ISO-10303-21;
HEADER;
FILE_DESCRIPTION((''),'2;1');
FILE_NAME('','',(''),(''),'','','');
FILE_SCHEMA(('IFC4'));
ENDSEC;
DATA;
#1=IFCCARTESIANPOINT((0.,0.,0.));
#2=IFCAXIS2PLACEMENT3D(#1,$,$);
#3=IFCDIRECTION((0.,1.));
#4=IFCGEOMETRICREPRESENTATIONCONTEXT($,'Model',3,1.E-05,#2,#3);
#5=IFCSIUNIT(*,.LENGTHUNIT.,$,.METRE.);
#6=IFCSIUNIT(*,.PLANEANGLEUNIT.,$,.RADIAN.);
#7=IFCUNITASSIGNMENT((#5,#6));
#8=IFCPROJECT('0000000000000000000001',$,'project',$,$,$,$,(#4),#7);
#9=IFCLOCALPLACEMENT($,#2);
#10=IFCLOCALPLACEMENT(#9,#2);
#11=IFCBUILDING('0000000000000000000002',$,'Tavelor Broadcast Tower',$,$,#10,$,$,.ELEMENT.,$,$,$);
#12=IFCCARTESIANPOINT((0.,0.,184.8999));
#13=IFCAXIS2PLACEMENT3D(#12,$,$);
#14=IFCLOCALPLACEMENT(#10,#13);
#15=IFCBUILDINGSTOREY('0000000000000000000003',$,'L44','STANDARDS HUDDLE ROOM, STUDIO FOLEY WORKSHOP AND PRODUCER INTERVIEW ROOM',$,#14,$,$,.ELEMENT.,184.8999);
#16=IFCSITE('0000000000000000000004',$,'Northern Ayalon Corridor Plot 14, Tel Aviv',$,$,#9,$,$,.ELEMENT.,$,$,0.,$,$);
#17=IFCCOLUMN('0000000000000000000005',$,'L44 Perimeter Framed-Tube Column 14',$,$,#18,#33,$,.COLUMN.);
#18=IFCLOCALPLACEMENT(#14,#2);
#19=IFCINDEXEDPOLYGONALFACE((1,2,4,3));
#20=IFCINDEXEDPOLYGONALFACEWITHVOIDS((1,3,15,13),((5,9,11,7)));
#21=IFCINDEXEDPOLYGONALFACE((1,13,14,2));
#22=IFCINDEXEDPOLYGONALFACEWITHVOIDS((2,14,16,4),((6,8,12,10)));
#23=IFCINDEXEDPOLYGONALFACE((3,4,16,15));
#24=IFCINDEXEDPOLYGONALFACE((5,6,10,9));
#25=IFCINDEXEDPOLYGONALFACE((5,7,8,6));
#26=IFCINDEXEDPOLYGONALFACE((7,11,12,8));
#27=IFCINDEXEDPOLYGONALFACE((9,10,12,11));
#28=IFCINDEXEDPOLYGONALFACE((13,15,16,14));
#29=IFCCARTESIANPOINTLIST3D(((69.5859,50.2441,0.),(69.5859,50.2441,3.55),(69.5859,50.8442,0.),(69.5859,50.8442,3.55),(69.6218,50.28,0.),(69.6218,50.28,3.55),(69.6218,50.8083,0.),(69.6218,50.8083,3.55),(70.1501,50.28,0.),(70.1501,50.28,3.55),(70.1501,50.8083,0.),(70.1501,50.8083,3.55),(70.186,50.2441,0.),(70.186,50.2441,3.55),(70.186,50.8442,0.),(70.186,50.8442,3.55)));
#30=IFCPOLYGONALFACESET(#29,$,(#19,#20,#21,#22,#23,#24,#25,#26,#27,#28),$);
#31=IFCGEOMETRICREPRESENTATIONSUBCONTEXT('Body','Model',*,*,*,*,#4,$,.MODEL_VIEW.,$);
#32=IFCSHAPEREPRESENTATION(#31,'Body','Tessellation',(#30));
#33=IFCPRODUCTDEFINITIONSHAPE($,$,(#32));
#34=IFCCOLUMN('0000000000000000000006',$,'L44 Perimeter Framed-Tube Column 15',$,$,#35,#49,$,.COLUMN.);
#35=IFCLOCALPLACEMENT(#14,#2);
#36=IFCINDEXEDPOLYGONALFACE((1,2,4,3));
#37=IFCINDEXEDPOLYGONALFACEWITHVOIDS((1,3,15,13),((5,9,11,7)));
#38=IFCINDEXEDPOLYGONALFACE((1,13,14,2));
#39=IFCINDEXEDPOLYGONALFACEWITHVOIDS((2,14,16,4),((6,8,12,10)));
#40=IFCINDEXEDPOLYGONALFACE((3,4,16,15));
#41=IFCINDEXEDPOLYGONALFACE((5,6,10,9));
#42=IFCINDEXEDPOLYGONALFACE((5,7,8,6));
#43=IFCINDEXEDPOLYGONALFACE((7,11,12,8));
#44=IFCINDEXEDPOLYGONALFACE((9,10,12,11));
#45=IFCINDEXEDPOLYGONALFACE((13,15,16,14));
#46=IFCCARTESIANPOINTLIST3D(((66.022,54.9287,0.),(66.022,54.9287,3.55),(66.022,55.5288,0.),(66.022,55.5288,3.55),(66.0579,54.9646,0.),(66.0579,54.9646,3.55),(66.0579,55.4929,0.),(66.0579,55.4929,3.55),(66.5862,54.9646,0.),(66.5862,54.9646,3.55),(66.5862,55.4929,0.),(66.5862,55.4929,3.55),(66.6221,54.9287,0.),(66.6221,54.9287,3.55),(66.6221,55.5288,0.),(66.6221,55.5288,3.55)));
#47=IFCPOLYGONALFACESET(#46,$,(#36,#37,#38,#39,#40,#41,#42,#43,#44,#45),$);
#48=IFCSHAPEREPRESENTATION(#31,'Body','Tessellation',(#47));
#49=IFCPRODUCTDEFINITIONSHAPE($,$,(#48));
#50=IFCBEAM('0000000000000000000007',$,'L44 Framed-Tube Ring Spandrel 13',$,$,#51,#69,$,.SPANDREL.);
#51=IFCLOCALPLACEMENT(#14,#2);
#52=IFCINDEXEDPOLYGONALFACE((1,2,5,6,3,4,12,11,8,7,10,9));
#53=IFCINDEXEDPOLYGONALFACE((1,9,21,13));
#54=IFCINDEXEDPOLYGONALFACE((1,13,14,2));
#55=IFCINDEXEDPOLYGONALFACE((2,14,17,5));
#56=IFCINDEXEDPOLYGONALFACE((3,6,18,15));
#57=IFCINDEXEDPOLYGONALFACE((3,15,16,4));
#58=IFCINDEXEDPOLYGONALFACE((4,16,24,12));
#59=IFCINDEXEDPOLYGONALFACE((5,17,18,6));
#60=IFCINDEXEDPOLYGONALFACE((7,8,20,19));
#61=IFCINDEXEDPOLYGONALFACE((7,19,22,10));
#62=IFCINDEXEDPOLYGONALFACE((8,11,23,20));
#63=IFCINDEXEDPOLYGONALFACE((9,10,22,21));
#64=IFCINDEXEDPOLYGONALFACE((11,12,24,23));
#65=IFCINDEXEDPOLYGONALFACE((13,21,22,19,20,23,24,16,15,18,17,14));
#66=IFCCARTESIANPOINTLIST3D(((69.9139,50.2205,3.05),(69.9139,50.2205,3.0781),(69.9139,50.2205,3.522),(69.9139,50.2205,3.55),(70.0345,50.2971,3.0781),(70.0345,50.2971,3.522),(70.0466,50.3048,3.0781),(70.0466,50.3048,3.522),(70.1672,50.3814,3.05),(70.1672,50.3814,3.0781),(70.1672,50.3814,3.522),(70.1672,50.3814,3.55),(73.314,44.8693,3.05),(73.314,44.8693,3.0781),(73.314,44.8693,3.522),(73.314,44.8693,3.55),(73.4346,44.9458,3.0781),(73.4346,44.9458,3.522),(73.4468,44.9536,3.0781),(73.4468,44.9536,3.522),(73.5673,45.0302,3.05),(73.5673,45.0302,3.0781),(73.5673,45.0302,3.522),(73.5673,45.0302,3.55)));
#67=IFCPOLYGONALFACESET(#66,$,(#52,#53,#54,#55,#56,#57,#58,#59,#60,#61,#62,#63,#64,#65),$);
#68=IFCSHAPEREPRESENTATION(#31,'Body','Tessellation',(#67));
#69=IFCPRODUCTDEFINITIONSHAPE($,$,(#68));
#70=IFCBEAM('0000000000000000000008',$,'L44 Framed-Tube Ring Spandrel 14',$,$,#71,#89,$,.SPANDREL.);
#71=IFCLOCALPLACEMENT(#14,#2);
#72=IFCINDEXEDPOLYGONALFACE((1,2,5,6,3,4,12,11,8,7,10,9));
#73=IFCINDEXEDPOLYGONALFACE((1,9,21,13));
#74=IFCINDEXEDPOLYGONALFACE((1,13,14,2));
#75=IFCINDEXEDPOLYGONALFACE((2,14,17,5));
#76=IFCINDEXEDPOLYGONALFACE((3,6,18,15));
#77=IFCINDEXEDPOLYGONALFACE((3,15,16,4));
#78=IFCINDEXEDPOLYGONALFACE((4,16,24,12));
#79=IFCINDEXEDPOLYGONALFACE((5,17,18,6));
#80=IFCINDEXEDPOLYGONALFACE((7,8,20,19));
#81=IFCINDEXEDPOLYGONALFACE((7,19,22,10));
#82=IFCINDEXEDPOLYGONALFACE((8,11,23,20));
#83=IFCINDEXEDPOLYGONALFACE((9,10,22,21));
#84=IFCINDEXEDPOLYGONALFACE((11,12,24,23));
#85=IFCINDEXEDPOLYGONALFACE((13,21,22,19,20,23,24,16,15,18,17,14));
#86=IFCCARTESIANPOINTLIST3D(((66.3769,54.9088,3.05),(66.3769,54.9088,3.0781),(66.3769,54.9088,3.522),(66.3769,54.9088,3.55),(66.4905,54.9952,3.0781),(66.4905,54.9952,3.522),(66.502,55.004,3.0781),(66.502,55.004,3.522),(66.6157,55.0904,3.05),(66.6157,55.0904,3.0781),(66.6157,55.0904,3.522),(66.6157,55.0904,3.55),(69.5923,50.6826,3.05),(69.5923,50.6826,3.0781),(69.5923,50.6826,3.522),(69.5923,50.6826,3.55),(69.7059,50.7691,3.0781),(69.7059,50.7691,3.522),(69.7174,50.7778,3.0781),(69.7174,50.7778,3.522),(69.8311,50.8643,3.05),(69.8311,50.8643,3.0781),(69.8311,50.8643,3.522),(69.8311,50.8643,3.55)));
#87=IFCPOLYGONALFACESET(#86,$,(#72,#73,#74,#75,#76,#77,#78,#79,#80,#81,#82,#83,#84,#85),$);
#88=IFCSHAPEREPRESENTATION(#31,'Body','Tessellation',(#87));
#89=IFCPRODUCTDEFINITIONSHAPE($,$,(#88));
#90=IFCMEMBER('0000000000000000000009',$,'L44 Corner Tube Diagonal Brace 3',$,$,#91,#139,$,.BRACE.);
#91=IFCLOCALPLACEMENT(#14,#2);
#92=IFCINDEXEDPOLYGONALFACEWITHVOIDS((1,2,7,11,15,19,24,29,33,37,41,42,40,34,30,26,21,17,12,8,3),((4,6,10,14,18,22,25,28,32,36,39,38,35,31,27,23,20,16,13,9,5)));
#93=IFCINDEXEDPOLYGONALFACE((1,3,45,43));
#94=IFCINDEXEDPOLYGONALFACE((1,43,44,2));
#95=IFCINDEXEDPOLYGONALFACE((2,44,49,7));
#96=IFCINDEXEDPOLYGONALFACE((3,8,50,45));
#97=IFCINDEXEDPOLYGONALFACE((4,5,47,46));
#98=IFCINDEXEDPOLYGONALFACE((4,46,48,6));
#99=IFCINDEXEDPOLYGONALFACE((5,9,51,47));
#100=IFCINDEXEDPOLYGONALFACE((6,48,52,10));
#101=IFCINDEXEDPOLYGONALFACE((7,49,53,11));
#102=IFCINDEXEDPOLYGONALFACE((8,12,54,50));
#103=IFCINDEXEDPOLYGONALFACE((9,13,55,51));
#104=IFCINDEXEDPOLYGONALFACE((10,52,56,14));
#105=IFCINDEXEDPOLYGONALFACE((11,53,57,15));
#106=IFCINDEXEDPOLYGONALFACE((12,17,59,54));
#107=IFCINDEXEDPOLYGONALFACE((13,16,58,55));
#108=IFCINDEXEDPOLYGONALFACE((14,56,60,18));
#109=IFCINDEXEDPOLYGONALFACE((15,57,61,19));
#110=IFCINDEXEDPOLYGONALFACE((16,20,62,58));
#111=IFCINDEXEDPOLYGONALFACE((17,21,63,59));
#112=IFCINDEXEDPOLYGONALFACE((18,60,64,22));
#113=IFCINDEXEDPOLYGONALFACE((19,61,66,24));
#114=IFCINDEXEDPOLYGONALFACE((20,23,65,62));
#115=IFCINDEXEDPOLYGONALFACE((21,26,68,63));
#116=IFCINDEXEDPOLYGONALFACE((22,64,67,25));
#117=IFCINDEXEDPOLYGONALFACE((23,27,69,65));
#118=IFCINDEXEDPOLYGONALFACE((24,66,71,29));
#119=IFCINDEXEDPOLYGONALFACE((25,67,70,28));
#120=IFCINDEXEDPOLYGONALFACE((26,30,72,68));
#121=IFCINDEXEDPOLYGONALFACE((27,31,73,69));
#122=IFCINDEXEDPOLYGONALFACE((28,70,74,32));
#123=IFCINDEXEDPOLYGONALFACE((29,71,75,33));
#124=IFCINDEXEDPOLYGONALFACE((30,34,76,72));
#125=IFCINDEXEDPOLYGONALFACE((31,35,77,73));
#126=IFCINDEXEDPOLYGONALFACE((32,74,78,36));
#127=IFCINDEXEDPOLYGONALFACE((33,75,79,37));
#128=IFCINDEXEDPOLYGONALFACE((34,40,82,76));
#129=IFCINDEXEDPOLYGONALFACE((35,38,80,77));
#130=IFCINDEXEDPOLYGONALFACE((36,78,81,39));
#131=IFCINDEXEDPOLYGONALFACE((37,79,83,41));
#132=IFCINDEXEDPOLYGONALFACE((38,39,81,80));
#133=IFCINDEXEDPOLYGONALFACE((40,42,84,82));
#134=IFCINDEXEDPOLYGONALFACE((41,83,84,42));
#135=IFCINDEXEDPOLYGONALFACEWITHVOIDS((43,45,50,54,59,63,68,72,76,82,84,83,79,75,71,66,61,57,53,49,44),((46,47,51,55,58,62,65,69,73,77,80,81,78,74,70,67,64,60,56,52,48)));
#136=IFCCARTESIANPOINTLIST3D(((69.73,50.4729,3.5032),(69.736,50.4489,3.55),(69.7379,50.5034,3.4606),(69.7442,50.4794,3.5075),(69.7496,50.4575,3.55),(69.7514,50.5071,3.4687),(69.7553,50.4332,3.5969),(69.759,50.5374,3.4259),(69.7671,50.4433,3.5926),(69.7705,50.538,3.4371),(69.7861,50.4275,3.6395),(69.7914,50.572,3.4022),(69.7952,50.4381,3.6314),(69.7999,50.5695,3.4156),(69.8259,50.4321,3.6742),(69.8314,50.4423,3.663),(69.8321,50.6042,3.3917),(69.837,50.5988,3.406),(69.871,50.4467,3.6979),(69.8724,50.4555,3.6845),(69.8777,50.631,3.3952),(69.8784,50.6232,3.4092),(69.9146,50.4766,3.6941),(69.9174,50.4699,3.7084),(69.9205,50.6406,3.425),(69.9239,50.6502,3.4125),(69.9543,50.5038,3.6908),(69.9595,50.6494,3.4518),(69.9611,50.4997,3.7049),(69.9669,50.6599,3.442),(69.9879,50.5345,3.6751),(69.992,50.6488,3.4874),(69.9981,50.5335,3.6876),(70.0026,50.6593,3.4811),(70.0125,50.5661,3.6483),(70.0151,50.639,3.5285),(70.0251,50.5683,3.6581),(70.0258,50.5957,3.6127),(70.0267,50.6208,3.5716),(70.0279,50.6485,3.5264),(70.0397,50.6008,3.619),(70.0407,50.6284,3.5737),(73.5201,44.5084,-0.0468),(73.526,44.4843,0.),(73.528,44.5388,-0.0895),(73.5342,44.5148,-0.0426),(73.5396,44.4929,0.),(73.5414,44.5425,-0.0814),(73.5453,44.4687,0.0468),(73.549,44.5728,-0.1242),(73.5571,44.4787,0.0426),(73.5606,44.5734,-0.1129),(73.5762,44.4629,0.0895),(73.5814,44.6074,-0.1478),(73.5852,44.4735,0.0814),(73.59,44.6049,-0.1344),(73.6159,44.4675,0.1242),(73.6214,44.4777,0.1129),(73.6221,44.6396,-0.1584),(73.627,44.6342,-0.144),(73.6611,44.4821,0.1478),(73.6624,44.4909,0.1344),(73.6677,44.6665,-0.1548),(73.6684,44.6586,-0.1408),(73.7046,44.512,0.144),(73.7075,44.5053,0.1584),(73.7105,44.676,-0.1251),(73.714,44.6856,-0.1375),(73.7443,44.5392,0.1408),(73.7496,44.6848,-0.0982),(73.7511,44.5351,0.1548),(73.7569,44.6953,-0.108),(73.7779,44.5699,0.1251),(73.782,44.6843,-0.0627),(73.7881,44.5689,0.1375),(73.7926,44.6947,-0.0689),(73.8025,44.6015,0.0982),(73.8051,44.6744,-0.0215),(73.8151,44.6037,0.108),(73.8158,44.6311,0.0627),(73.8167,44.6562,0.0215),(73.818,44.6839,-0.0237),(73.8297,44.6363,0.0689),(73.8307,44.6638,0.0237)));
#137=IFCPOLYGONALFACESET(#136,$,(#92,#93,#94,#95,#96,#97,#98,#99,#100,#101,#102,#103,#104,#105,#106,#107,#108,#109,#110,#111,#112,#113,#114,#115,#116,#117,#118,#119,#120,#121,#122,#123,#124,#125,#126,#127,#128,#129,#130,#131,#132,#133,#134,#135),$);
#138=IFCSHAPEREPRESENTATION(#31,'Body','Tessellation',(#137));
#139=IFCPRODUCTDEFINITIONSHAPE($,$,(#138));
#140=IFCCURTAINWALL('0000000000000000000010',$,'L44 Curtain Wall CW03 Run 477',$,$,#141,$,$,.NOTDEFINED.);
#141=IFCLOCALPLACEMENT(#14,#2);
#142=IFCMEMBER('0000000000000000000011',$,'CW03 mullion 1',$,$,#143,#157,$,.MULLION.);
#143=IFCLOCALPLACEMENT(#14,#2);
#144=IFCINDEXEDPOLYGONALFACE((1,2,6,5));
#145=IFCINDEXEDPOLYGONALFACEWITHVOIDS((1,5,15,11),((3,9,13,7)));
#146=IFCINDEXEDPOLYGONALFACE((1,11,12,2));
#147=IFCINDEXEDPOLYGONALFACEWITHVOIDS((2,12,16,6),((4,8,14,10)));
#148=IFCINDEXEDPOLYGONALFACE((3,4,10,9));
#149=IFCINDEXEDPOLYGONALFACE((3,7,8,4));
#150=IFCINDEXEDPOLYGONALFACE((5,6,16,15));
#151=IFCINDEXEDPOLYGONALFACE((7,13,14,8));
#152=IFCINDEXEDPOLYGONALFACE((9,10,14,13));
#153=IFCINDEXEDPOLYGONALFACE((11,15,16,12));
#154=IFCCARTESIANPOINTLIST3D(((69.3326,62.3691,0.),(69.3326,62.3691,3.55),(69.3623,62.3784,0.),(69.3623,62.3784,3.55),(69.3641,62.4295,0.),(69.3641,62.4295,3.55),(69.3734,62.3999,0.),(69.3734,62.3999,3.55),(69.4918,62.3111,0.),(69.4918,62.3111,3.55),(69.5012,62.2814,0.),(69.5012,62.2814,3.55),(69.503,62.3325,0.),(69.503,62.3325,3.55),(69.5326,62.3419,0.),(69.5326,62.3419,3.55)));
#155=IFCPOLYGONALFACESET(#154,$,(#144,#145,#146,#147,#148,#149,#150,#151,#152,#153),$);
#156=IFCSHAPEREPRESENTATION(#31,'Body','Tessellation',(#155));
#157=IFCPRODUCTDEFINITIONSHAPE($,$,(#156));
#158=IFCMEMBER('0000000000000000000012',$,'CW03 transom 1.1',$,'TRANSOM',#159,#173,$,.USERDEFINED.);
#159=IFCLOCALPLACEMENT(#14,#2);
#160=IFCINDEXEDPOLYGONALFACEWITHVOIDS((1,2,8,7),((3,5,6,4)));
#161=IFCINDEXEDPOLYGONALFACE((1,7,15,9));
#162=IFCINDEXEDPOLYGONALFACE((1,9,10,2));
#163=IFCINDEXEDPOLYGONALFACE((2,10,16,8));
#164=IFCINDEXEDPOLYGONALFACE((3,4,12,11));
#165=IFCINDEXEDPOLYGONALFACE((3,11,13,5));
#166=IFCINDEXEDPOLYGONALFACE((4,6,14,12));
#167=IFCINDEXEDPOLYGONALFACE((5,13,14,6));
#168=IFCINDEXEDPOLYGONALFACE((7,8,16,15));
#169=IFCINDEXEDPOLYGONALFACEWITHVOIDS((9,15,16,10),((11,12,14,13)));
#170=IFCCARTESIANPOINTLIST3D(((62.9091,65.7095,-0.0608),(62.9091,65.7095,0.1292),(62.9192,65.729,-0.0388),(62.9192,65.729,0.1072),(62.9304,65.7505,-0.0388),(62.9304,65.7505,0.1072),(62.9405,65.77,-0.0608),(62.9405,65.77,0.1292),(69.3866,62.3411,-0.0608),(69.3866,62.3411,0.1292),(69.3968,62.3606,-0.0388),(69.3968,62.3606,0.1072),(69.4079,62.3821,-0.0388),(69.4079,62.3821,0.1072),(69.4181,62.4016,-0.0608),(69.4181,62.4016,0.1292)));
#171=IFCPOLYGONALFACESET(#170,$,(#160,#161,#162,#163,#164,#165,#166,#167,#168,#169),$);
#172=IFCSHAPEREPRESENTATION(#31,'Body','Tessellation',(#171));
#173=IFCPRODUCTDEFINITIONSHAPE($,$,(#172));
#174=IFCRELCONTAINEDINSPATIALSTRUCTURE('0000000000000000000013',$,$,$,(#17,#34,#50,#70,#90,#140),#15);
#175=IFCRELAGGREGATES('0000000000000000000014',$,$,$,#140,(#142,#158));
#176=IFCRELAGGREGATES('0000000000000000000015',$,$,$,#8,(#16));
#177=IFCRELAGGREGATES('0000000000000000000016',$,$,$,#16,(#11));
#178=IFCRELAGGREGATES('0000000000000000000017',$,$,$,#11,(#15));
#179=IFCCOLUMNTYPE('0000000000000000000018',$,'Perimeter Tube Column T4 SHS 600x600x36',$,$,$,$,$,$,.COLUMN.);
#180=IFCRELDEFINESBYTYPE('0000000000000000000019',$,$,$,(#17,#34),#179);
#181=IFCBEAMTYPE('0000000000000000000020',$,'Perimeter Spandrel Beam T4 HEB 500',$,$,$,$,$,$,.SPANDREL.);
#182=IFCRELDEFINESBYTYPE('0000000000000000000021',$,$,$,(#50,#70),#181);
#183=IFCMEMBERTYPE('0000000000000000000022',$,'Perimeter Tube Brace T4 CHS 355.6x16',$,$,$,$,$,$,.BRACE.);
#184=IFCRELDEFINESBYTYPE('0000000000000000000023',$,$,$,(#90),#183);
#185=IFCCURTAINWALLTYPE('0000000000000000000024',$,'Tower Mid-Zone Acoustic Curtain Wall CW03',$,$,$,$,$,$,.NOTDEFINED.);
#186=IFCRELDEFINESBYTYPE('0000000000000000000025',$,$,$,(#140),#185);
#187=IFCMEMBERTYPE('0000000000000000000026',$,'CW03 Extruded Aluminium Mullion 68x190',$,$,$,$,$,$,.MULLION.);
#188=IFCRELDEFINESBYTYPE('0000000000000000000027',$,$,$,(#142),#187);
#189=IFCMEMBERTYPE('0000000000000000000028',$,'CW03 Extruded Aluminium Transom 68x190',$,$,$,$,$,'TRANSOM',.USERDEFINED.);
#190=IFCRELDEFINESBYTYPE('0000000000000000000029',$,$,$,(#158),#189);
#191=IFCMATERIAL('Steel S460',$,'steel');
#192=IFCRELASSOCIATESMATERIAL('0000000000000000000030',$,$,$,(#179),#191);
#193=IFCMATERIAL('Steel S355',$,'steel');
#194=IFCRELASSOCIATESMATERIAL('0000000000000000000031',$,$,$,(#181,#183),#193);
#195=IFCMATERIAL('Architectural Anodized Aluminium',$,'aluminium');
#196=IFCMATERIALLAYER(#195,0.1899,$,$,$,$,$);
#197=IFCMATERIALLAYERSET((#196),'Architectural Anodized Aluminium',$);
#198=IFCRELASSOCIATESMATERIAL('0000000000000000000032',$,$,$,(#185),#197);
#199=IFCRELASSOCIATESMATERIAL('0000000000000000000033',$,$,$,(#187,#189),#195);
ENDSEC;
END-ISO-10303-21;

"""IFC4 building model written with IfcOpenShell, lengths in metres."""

from ifc_helpers import new_model, si_unit, direction, frame, origin, origin_2d, place, context, subcontext, project, spatial, hollow_rectangle, hollow_circle, i_section, extrude, source, transform, mapped, material, layer, layer_set, material_profile, profile_set, type_object, type_shapes, element, aggregate, save


model = new_model("IFC4")

# Units and contexts
model_context = context("Model", 3, precision=1e-05, world=origin(), true_north=direction((0.0, 1.0)))
body_context = subcontext(model_context, "Body", "Model", "MODEL_VIEW")
ifc_project = project(units=[si_unit("LENGTHUNIT", "METRE"), si_unit("PLANEANGLEUNIT", "RADIAN")], contexts=[model_context])

# Site, building, storey
site_placement = place(None, origin())
site = spatial("IfcSite", under=ifc_project, at=site_placement, Name="Northern Ayalon Corridor Plot 14, Tel Aviv", CompositionType="ELEMENT", RefElevation=0.0)
building_placement = place(site_placement, origin())
building = spatial("IfcBuilding", under=site, at=building_placement, Name="Tavelor Broadcast Tower", CompositionType="ELEMENT")
storey_placement = place(building_placement, frame((0.0, 0.0, 184.8999)))
storey = spatial("IfcBuildingStorey", under=building, at=storey_placement, Name="L44", Description="STANDARDS HUDDLE ROOM, STUDIO FOLEY WORKSHOP AND PRODUCER INTERVIEW ROOM", CompositionType="ELEMENT", Elevation=184.8999)

# Columns
ifc_material_1 = material(Name="Steel S460", Category="steel")
ifc_material_profile_1 = material_profile(ifc_material_1, hollow_rectangle(XDim=0.6001, YDim=0.6001, WallThickness=0.0359, at=origin_2d()), Name="SHS 600x600x36")
ifc_profile_set_1 = profile_set([ifc_material_profile_1], Name="Steel S460")
column_type = type_object("IfcColumnType", Name="Perimeter Tube Column T4 SHS 600x600x36", PredefinedType="COLUMN", material=ifc_profile_set_1)
for number, where, z_axis, x_axis, name in (
    (1, (69.886, 50.5442, 0.0), (0.0, 0.0, 1.0), (1.0, 0.0, 0.0), "L44 Perimeter Framed-Tube Column 14"),
    (2, (66.322, 55.2288, 0.0), (0.0, 0.0, 1.0), (1.0, 0.0, 0.0), "L44 Perimeter Framed-Tube Column 15"),
):
    element("IfcColumn", number, at=place(storey_placement, frame(where, z_axis=z_axis, x_axis=x_axis)), inside=storey, type_object=column_type, Name=name, PredefinedType="COLUMN", context=body_context, shape_type="SweptSolid", body=[
        extrude(hollow_rectangle(XDim=0.6001, YDim=0.6001, WallThickness=0.0359, at=origin_2d()), origin(), (0.0, 0.0, 1.0), 3.55),
    ])

# Beams
ifc_material_2 = material(Name="Steel S355", Category="steel")
ifc_material_profile_2 = material_profile(ifc_material_2, i_section(OverallWidth=0.3, OverallDepth=0.5, WebThickness=0.0144, FlangeThickness=0.0281, at=origin_2d()), Name="HEB 500")
ifc_profile_set_2 = profile_set([ifc_material_profile_2], Name="Steel S355")
beam_type = type_object("IfcBeamType", Name="Perimeter Spandrel Beam T4 HEB 500", PredefinedType="SPANDREL", material=ifc_profile_set_2)
beam_1_placement = place(storey_placement, frame((73.4407, 44.9497, 3.3), z_axis=(-0.536287, 0.844035, 0.0), x_axis=(-0.844035, -0.536287, 0.0)))
element("IfcBeam", 3, at=beam_1_placement, inside=storey, type_object=beam_type, Name="L44 Framed-Tube Ring Spandrel 13", PredefinedType="SPANDREL", context=body_context, shape_type="SweptSolid", body=[
    extrude(i_section(OverallWidth=0.3, OverallDepth=0.5, WebThickness=0.0144, FlangeThickness=0.0281, at=origin_2d()), origin(), (0.0, 0.0, 1.0), 6.3401),
])
beam_2_placement = place(storey_placement, frame((69.7117, 50.7734, 3.3), z_axis=(-0.605503, 0.795843, 0.0), x_axis=(-0.795843, -0.605503, 0.0)))
element("IfcBeam", 4, at=beam_2_placement, inside=storey, type_object=beam_type, Name="L44 Framed-Tube Ring Spandrel 14", PredefinedType="SPANDREL", context=body_context, shape_type="SweptSolid", body=[
    extrude(i_section(OverallWidth=0.3, OverallDepth=0.5, WebThickness=0.0144, FlangeThickness=0.0281, at=origin_2d()), origin(), (0.0, 0.0, 1.0), 5.3103),
])

# Member
ifc_material_profile_3 = material_profile(ifc_material_2, hollow_circle(Radius=0.1777, WallThickness=0.0161, at=origin_2d()), Name="CHS 355.6x16")
ifc_profile_set_3 = profile_set([ifc_material_profile_3], Name="Steel S355")
member_type_1 = type_object("IfcMemberType", Name="Perimeter Tube Brace T4 CHS 355.6x16", PredefinedType="BRACE", material=ifc_profile_set_3)
member_1_placement = place(storey_placement, frame((73.676, 44.5796, 0.0), z_axis=(-0.479239, 0.754205, 0.448893), x_axis=(-0.844021, -0.53631, 0.0)))
element("IfcMember", 5, at=member_1_placement, inside=storey, type_object=member_type_1, Name="L44 Corner Tube Diagonal Brace 3", PredefinedType="BRACE", context=body_context, shape_type="SweptSolid", body=[
    extrude(hollow_circle(Radius=0.1777, WallThickness=0.0161, at=origin_2d()), origin(), (0.0, 0.0, 1.0), 7.9084),
])

# Curtain wall, members
ifc_material_3 = material(Name="Architectural Anodized Aluminium", Category="aluminium")
ifc_layer_1 = layer(ifc_material_3, 0.1899)
ifc_layer_set_1 = layer_set([ifc_layer_1], Name="Architectural Anodized Aluminium")
curtain_wall_type = type_object("IfcCurtainWallType", Name="Tower Mid-Zone Acoustic Curtain Wall CW03", PredefinedType="NOTDEFINED", material=ifc_layer_set_1)
curtain_wall_placement = place(storey_placement, origin())
curtain_wall = element("IfcCurtainWall", 6, at=curtain_wall_placement, inside=storey, type_object=curtain_wall_type, Name="L44 Curtain Wall CW03 Run 477", PredefinedType="NOTDEFINED")
ifc_material_profile_4 = material_profile(ifc_material_3, hollow_rectangle(XDim=0.0681, YDim=0.1899, WallThickness=0.022, at=origin_2d()), Name="RHS 68x190x22")
ifc_profile_set_4 = profile_set([ifc_material_profile_4], Name="Architectural Anodized Aluminium")
member_type_2 = type_object("IfcMemberType", Name="CW03 Extruded Aluminium Mullion 68x190", PredefinedType="MULLION", material=ifc_profile_set_4)
shared_shape_1 = source(origin(), body_context, "Body", "SweptSolid", [
    extrude(hollow_rectangle(XDim=0.0681, YDim=0.1899, WallThickness=0.022, at=origin_2d()), origin(), (0.0, 0.0, 1.0), 3.55),
])
type_shapes(member_type_2, [shared_shape_1])
member_2_placement = place(storey_placement, frame((69.4326, 62.3555, 0.0), z_axis=(0.0, 0.0, 1.0), x_axis=(-0.461372, -0.887207, 0.0)))
member_2 = element("IfcMember", 7, at=member_2_placement, type_object=member_type_2, Name="CW03 mullion 1", PredefinedType="MULLION", context=body_context, shape_type="MappedRepresentation", body=[
    mapped(shared_shape_1, transform((0.0, 0.0, 0.0), scale=1.0)),
])
ifc_material_profile_5 = material_profile(ifc_material_3, hollow_rectangle(XDim=0.0681, YDim=0.1899, WallThickness=0.022, at=origin_2d()), Name="RHS 68x190x22")
ifc_profile_set_5 = profile_set([ifc_material_profile_5], Name="Architectural Anodized Aluminium")
member_type_3 = type_object("IfcMemberType", Name="CW03 Extruded Aluminium Transom 68x190", ElementType="TRANSOM", PredefinedType="USERDEFINED", material=ifc_profile_set_5)
shared_shape_2 = source(origin(), body_context, "Body", "SweptSolid", [
    extrude(hollow_rectangle(XDim=0.0681, YDim=0.1899, WallThickness=0.022, at=origin_2d()), origin(), (0.0, 0.0, 1.0), 7.301),
])
type_shapes(member_type_3, [shared_shape_2])
member_3_placement = place(storey_placement, frame((69.4023, 62.3713, 0.0342), z_axis=(-0.887212, 0.461362, 0.0), x_axis=(-0.461362, -0.887212, 0.0)))
member_3 = element("IfcMember", 8, at=member_3_placement, type_object=member_type_3, Name="CW03 transom 1.1", ObjectType="TRANSOM", PredefinedType="USERDEFINED", context=body_context, shape_type="MappedRepresentation", body=[
    mapped(shared_shape_2, transform((0.0, 0.0, 0.0), scale=1.0)),
])

aggregate(curtain_wall, [member_2, member_3])

save(model, "model.ifc")
